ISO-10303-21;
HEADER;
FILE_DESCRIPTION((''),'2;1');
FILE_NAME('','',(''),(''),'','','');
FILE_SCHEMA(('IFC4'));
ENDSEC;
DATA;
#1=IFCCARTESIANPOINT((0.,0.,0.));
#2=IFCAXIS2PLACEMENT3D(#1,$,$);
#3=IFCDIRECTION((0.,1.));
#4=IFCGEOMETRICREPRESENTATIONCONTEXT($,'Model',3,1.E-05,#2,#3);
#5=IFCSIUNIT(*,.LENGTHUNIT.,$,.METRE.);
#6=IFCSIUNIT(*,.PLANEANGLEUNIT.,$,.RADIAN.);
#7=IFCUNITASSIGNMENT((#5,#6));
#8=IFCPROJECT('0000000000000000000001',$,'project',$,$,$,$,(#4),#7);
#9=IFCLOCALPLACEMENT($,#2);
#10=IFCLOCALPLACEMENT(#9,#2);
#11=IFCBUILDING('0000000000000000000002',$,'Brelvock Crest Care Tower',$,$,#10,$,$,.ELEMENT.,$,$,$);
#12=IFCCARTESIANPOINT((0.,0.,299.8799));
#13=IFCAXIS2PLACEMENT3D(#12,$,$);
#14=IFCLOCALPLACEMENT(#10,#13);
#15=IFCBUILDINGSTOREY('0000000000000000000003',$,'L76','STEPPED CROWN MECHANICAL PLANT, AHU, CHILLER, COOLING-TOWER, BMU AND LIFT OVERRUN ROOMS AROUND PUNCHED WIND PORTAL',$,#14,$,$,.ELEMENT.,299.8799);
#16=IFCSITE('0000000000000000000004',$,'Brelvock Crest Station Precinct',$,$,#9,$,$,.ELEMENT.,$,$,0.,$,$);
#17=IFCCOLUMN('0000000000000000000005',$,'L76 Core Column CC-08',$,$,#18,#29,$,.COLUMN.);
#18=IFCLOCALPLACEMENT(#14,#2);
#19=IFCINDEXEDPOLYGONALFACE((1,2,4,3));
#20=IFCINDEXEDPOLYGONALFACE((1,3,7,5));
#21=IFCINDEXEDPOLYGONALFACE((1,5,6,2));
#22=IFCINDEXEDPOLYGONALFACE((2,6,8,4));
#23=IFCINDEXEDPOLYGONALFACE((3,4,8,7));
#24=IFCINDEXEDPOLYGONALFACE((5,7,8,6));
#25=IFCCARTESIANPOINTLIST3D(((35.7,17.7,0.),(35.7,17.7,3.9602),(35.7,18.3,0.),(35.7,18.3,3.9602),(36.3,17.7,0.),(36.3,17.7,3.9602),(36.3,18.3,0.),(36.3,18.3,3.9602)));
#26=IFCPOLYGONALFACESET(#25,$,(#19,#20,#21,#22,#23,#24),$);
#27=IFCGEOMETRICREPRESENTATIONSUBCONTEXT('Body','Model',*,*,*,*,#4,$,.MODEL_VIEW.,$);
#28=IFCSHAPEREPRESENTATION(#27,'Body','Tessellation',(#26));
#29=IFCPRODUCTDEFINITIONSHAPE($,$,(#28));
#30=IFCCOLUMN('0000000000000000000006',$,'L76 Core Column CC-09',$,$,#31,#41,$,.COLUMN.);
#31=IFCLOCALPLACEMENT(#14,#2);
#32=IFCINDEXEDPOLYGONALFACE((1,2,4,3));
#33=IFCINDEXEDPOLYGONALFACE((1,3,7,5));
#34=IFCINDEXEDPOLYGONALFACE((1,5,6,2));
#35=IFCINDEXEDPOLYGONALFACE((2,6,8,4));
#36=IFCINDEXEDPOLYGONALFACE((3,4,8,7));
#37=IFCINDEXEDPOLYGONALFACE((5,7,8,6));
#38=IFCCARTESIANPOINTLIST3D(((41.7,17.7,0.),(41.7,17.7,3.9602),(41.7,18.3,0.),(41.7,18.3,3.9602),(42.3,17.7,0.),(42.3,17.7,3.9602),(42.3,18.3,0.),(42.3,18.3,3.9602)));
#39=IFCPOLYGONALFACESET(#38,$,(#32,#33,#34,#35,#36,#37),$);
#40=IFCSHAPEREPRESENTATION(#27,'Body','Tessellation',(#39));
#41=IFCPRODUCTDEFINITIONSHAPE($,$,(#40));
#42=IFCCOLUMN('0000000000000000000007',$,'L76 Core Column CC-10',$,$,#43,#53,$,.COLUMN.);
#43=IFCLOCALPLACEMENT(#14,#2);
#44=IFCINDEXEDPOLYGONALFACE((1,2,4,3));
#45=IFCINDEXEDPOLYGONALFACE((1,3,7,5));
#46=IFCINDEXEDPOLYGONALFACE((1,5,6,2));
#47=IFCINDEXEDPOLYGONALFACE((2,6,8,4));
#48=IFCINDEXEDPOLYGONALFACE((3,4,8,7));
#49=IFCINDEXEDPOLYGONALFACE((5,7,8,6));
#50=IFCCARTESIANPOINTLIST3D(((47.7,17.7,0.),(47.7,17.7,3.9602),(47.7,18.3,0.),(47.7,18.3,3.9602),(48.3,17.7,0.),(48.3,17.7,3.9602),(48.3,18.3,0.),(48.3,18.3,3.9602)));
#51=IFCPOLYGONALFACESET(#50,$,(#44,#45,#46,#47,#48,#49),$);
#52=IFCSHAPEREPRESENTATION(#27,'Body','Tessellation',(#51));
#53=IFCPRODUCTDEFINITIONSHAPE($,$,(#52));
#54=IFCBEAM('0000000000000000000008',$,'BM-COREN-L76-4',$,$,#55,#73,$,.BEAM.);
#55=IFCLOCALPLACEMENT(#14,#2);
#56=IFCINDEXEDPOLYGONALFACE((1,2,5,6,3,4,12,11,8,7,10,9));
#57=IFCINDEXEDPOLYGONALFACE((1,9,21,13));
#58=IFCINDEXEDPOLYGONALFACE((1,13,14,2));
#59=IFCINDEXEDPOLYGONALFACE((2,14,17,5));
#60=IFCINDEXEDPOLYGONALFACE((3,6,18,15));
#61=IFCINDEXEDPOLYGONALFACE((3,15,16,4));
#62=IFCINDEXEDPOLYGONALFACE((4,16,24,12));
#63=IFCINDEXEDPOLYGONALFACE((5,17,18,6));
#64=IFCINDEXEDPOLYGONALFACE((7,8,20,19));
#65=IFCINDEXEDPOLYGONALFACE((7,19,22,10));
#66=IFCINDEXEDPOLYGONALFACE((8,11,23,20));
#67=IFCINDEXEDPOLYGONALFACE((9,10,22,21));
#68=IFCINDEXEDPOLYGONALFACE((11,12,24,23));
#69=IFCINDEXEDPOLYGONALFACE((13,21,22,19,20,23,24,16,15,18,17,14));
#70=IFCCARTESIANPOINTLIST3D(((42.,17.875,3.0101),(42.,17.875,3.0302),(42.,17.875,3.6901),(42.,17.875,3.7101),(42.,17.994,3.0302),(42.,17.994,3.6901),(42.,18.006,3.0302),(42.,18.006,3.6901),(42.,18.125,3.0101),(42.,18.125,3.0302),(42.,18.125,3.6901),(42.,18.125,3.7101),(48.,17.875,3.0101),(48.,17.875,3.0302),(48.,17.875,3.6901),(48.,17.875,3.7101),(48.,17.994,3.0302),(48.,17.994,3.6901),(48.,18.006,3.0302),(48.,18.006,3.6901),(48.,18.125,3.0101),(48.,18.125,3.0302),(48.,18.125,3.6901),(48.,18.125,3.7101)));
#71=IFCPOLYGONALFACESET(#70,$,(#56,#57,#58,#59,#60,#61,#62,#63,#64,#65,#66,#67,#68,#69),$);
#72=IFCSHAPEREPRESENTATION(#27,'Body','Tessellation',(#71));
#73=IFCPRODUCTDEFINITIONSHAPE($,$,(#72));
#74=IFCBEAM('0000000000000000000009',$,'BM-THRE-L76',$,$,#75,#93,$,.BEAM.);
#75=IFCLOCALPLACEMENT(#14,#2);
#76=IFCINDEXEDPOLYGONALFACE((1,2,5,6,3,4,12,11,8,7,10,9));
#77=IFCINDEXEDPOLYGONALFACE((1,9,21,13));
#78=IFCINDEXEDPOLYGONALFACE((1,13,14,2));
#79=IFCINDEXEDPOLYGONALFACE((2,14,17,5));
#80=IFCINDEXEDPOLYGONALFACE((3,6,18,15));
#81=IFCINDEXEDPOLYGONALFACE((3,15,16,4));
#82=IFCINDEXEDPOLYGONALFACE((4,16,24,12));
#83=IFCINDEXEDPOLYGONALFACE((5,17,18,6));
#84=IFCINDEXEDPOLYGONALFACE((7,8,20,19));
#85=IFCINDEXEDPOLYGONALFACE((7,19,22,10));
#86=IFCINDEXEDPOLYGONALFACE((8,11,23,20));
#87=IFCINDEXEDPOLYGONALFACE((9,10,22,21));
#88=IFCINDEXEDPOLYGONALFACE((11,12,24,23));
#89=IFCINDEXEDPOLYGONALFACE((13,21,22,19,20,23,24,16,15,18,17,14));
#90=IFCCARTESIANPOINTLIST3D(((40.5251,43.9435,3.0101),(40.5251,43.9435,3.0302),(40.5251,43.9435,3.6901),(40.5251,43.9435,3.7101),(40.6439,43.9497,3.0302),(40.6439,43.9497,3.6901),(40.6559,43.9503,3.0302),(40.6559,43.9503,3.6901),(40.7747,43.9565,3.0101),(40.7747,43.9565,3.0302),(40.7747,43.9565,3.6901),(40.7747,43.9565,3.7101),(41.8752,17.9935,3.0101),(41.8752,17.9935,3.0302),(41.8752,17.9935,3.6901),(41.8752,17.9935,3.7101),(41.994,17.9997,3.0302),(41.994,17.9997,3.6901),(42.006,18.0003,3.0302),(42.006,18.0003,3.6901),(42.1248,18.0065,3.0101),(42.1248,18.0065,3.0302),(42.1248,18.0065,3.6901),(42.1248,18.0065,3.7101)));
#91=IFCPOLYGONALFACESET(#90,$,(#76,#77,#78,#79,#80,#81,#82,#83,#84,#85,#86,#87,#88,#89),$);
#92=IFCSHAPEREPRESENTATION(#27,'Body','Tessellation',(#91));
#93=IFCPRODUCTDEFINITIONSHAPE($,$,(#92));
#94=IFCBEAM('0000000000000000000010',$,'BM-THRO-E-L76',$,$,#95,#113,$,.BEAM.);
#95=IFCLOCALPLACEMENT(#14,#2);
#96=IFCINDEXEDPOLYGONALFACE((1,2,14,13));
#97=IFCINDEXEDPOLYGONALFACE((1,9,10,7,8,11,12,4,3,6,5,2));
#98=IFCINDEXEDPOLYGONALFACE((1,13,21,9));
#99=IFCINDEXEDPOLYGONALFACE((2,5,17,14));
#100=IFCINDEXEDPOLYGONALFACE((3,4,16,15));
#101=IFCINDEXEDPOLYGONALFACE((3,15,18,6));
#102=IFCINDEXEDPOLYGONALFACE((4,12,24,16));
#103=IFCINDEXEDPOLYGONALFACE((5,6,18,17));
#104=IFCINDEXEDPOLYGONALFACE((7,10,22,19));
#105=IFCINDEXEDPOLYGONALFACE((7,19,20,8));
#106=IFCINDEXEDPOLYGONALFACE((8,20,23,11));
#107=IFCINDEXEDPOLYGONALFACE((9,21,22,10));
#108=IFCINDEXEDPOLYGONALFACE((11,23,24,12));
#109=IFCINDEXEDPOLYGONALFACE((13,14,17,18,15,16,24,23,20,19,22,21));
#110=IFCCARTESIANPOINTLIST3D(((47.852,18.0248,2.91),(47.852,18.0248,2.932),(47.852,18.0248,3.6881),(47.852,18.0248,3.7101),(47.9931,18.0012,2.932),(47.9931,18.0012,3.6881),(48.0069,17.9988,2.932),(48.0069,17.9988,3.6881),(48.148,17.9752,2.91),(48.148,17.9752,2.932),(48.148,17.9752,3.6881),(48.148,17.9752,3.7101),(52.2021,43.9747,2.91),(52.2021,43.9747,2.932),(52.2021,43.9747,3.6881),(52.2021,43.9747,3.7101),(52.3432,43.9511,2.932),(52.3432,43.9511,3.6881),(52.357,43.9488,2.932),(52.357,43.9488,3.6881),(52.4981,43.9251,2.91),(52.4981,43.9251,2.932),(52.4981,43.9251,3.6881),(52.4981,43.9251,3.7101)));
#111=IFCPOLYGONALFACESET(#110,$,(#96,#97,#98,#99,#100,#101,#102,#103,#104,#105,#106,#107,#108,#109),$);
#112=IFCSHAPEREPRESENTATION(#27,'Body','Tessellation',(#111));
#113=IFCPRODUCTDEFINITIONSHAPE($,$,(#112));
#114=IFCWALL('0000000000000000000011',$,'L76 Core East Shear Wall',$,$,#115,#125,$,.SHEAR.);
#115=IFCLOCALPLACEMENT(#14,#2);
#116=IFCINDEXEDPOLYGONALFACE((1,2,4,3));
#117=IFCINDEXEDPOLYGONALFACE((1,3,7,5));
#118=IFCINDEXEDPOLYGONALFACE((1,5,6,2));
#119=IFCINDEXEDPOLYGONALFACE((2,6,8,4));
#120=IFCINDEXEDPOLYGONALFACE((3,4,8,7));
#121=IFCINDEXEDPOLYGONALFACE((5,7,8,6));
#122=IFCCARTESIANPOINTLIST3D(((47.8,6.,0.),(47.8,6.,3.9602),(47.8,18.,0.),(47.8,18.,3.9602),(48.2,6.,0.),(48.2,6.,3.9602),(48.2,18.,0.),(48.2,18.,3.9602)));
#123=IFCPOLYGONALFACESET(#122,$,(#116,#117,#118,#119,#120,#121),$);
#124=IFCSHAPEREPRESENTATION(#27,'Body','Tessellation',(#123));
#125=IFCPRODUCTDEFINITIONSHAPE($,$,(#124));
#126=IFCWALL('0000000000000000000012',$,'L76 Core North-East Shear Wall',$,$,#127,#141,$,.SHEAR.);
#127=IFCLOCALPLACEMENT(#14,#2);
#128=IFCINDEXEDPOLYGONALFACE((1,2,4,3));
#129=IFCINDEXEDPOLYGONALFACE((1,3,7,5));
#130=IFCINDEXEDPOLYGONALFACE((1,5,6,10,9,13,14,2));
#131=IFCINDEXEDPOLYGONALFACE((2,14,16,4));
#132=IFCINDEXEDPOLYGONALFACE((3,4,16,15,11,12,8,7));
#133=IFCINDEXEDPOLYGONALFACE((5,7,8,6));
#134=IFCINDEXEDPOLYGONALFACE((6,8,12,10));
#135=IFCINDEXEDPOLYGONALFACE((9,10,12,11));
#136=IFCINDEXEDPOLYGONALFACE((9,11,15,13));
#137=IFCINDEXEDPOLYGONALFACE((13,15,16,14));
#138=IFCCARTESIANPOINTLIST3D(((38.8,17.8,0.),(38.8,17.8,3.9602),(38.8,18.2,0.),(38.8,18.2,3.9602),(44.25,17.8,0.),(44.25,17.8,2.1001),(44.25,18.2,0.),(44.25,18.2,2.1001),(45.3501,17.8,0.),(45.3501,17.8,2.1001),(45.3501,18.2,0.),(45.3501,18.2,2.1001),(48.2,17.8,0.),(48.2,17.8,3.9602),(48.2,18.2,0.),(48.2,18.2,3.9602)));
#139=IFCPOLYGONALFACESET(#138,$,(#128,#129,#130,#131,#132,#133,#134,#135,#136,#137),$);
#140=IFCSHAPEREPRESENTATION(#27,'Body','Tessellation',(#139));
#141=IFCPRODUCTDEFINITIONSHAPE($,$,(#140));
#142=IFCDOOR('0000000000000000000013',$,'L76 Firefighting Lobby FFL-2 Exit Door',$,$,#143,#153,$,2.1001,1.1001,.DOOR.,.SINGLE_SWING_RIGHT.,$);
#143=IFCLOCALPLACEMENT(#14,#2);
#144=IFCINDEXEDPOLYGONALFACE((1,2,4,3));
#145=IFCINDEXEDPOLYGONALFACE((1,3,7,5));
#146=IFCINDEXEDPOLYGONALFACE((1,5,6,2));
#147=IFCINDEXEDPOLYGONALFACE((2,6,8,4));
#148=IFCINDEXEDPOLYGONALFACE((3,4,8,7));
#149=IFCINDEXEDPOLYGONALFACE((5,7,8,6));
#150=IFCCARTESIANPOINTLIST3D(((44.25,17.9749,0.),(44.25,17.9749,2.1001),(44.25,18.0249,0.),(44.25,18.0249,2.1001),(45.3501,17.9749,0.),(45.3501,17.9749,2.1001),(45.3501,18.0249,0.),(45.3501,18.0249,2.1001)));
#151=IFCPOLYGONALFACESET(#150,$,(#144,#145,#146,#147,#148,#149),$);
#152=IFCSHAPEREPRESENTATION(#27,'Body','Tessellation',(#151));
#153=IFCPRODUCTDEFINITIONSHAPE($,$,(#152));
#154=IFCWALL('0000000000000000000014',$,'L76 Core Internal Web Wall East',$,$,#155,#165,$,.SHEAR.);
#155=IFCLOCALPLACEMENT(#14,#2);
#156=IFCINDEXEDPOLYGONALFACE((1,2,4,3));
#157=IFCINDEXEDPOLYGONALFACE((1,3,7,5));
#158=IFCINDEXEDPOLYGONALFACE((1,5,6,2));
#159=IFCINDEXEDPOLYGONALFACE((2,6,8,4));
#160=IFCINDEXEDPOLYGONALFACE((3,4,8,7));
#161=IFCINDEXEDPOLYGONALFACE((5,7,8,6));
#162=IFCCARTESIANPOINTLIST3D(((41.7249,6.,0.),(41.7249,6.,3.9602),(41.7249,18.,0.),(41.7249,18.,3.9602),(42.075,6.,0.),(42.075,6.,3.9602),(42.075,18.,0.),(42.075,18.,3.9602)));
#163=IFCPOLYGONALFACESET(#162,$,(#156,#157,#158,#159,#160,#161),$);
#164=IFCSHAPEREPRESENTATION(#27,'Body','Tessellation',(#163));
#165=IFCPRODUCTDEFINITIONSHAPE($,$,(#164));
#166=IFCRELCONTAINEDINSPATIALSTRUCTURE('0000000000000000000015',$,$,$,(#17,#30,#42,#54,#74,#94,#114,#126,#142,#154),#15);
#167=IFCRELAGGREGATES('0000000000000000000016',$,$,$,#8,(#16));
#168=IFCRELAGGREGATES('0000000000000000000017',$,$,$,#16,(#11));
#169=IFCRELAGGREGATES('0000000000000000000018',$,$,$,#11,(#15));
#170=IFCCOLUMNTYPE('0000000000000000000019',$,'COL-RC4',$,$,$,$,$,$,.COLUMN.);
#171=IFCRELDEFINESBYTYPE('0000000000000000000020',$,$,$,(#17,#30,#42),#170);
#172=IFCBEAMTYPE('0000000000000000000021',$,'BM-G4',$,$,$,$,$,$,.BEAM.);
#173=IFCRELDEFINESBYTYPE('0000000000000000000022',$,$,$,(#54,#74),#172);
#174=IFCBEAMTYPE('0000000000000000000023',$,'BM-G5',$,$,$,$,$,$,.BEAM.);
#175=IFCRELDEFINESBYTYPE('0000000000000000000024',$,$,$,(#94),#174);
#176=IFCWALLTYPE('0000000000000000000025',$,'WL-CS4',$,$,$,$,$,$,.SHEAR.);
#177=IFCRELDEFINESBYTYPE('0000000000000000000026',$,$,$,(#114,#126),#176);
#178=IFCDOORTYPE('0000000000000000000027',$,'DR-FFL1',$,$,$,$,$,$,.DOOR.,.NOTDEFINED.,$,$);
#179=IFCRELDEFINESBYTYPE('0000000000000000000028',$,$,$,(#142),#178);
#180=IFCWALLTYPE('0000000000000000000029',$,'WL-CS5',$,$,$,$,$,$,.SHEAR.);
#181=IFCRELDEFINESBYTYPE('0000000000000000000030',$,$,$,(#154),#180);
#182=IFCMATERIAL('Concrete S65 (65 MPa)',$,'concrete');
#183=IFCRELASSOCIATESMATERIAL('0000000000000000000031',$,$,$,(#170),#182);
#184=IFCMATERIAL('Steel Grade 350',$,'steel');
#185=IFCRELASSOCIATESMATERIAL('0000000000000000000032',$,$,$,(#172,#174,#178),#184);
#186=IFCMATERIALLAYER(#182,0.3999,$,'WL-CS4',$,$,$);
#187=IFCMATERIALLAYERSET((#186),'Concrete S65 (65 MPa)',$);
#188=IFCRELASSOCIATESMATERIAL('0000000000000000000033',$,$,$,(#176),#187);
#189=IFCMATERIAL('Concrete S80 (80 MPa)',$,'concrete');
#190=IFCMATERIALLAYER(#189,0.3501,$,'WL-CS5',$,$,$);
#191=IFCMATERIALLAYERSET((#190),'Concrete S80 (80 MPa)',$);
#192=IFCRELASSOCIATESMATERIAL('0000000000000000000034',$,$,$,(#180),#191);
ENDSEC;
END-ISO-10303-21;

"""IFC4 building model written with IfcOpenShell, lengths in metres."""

from ifc_helpers import new_model, si_unit, direction, frame, frame_2d, origin, origin_2d, place, context, subcontext, project, spatial, rectangle, i_section, extrude, source, transform, mapped, material, layer, layer_set, material_profile, profile_set, type_object, element, fill, save


model = new_model("IFC4")

# Units and contexts
model_context = context("Model", 3, precision=1e-05, world=origin(), true_north=direction((0.0, 1.0)))
body_context = subcontext(model_context, "Body", "Model", "MODEL_VIEW")
ifc_project = project(units=[si_unit("LENGTHUNIT", "METRE"), si_unit("PLANEANGLEUNIT", "RADIAN")], contexts=[model_context])

# Site, building, storey
site_placement = place(None, origin())
site = spatial("IfcSite", under=ifc_project, at=site_placement, Name="Brelvock Crest Station Precinct", CompositionType="ELEMENT", RefElevation=0.0)
building_placement = place(site_placement, origin())
building = spatial("IfcBuilding", under=site, at=building_placement, Name="Brelvock Crest Care Tower", CompositionType="ELEMENT")
storey_placement = place(building_placement, frame((0.0, 0.0, 299.8799)))
storey = spatial("IfcBuildingStorey", under=building, at=storey_placement, Name="L76", Description="STEPPED CROWN MECHANICAL PLANT, AHU, CHILLER, COOLING-TOWER, BMU AND LIFT OVERRUN ROOMS AROUND PUNCHED WIND PORTAL", CompositionType="ELEMENT", Elevation=299.8799)

# Columns
ifc_material_1 = material(Name="Concrete S65 (65 MPa)", Category="concrete")
ifc_material_profile_1 = material_profile(ifc_material_1, rectangle(XDim=0.6001, YDim=0.6001, at=origin_2d()), Name="RC600x600")
ifc_profile_set_1 = profile_set([ifc_material_profile_1], Name="Concrete S65 (65 MPa)")
column_type = type_object("IfcColumnType", Name="COL-RC4", PredefinedType="COLUMN", material=ifc_profile_set_1)
shared_shape_1 = source(origin(), body_context, "Body", "SweptSolid", [
    extrude(rectangle(XDim=0.6001, YDim=0.6001, at=origin_2d()), origin(), (0.0, 0.0, 1.0), 3.9602),
])
for number, where, z_axis, x_axis, name in (
    (1, (36.0, 18.0, 0.0), (0.0, 0.0, 1.0), (1.0, 0.0, 0.0), "L76 Core Column CC-08"),
    (2, (42.0, 18.0, 0.0), (0.0, 0.0, 1.0), (1.0, 0.0, 0.0), "L76 Core Column CC-09"),
    (3, (48.0, 18.0, 0.0), (0.0, 0.0, 1.0), (1.0, 0.0, 0.0), "L76 Core Column CC-10"),
):
    element("IfcColumn", number, at=place(storey_placement, frame(where, z_axis=z_axis, x_axis=x_axis)), inside=storey, type_object=column_type, Name=name, PredefinedType="COLUMN", context=body_context, shape_type="MappedRepresentation", body=[
        mapped(shared_shape_1, transform((0.0, 0.0, 0.0), x_axis=(1.0, 0.0, 0.0), y_axis=(0.0, 1.0, 0.0), z_axis=(0.0, 0.0, 1.0), scale=1.0)),
    ])

# Beams
ifc_material_2 = material(Name="Steel Grade 350", Category="steel")
ifc_material_profile_2 = material_profile(ifc_material_2, i_section(OverallWidth=0.25, OverallDepth=0.7, WebThickness=0.012, FlangeThickness=0.02, at=origin_2d()), Name="700WB150")
ifc_profile_set_2 = profile_set([ifc_material_profile_2], Name="Steel Grade 350")
beam_type_1 = type_object("IfcBeamType", Name="BM-G4", PredefinedType="BEAM", material=ifc_profile_set_2)
shared_shape_2 = source(origin(), body_context, "Body", "SweptSolid", [
    extrude(i_section(OverallWidth=0.25, OverallDepth=0.7, WebThickness=0.012, FlangeThickness=0.02, at=origin_2d()), origin(), (0.0, 0.0, 1.0), 6.0),
])
beam_1_placement = place(storey_placement, frame((42.0, 18.0, 3.3601), z_axis=(1.0, 0.0, 0.0), x_axis=(0.0, 1.0, 0.0)))
element("IfcBeam", 4, at=beam_1_placement, inside=storey, type_object=beam_type_1, Name="BM-COREN-L76-4", PredefinedType="BEAM", context=body_context, shape_type="MappedRepresentation", body=[
    mapped(shared_shape_2, transform((0.0, 0.0, 0.0), x_axis=(1.0, 0.0, 0.0), y_axis=(0.0, 1.0, 0.0), z_axis=(0.0, 0.0, 1.0), scale=1.0)),
])
shared_shape_3 = source(origin(), body_context, "Body", "SweptSolid", [
    extrude(i_section(OverallWidth=0.25, OverallDepth=0.7, WebThickness=0.012, FlangeThickness=0.02, at=origin_2d()), origin(), (0.0, 0.0, 1.0), 25.9851),
])
beam_2_placement = place(storey_placement, frame((42.0, 18.0, 3.3601), z_axis=(-0.051957, 0.998649, 0.0), x_axis=(-0.998649, -0.051957, 0.0)))
element("IfcBeam", 5, at=beam_2_placement, inside=storey, type_object=beam_type_1, Name="BM-THRE-L76", PredefinedType="BEAM", context=body_context, shape_type="MappedRepresentation", body=[
    mapped(shared_shape_3, transform((0.0, 0.0, 0.0), x_axis=(1.0, 0.0, 0.0), y_axis=(0.0, 1.0, 0.0), z_axis=(0.0, 0.0, 1.0), scale=1.0)),
])
ifc_material_profile_3 = material_profile(ifc_material_2, i_section(OverallWidth=0.3, OverallDepth=0.8, WebThickness=0.0139, FlangeThickness=0.022, at=origin_2d()), Name="800WB192")
ifc_profile_set_3 = profile_set([ifc_material_profile_3], Name="Steel Grade 350")
beam_type_2 = type_object("IfcBeamType", Name="BM-G5", PredefinedType="BEAM", material=ifc_profile_set_3)
shared_shape_4 = source(origin(), body_context, "Body", "SweptSolid", [
    extrude(i_section(OverallWidth=0.3, OverallDepth=0.8, WebThickness=0.0139, FlangeThickness=0.022, at=origin_2d()), origin(), (0.0, 0.0, 1.0), 26.312),
])
beam_3_placement = place(storey_placement, frame((48.0, 18.0, 3.3101), z_axis=(0.165327, 0.986239, 0.0), x_axis=(-0.986239, 0.165327, 0.0)))
element("IfcBeam", 6, at=beam_3_placement, inside=storey, type_object=beam_type_2, Name="BM-THRO-E-L76", PredefinedType="BEAM", context=body_context, shape_type="MappedRepresentation", body=[
    mapped(shared_shape_4, transform((0.0, 0.0, 0.0), x_axis=(1.0, 0.0, 0.0), y_axis=(0.0, 1.0, 0.0), z_axis=(0.0, 0.0, 1.0), scale=1.0)),
])

# Wall
ifc_layer_1 = layer(ifc_material_1, 0.3999, Name="WL-CS4")
ifc_layer_set_1 = layer_set([ifc_layer_1], Name="Concrete S65 (65 MPa)")
wall_type_1 = type_object("IfcWallType", Name="WL-CS4", PredefinedType="SHEAR", material=ifc_layer_set_1)
wall_1_placement = place(storey_placement, frame((48.0, 18.0, 0.0), z_axis=(0.0, 0.0, 1.0), x_axis=(0.0, -1.0, 0.0)))
element("IfcWall", 7, at=wall_1_placement, inside=storey, type_object=wall_type_1, Name="L76 Core East Shear Wall", PredefinedType="SHEAR", context=body_context, shape_type="SweptSolid", body=[
    extrude(rectangle(XDim=12.0, YDim=0.3999, at=frame_2d((6.0, 0.0))), origin(), (0.0, 0.0, 1.0), 3.9602),
])

# Wall, opening, door
wall_2_placement = place(storey_placement, frame((38.8, 18.0, 0.0), z_axis=(0.0, 0.0, 1.0), x_axis=(1.0, 0.0, 0.0)))
wall_2 = element("IfcWall", 8, at=wall_2_placement, inside=storey, type_object=wall_type_1, Name="L76 Core North-East Shear Wall", PredefinedType="SHEAR", context=body_context, shape_type="SweptSolid", body=[
    extrude(rectangle(XDim=9.3999, YDim=0.3999, at=frame_2d((4.7, 0.0))), origin(), (0.0, 0.0, 1.0), 3.9602),
])
opening_1_placement = place(wall_2_placement, frame((5.45, 0.0, 0.0)))
opening_1 = element("IfcOpeningElement", 9, at=opening_1_placement, cuts=wall_2, PredefinedType="OPENING", context=body_context, shape_type="SweptSolid", body=[
    extrude(rectangle(XDim=1.1001, YDim=2.1001, at=origin_2d()), frame((0.55, 0.21, 1.05), z_axis=(0.0, -1.0, 0.0), x_axis=(1.0, 0.0, 0.0)), (0.0, 0.0, 1.0), 0.4199),
])
door_type_1 = type_object("IfcDoorType", Name="DR-FFL1", OperationType="NOTDEFINED", PredefinedType="DOOR", material=ifc_material_2)
shared_shape_5 = source(origin(), body_context, "Body", "SweptSolid", [
    extrude(rectangle(XDim=1.1001, YDim=2.1001, at=origin_2d()), frame((0.55, 0.0249, 1.05), z_axis=(0.0, -1.0, 0.0), x_axis=(1.0, 0.0, 0.0)), (0.0, 0.0, 1.0), 0.05),
])
door_1_placement = place(opening_1_placement, origin())
door_1 = element("IfcDoor", 10, at=door_1_placement, inside=storey, type_object=door_type_1, Name="L76 Firefighting Lobby FFL-2 Exit Door", OperationType="SINGLE_SWING_RIGHT", OverallHeight=2.1001, OverallWidth=1.1001, PredefinedType="DOOR", context=body_context, shape_type="MappedRepresentation", body=[
    mapped(shared_shape_5, transform((0.0, 0.0, 0.0), x_axis=(1.0, 0.0, 0.0), y_axis=(0.0, 1.0, 0.0), z_axis=(0.0, 0.0, 1.0), scale=1.0)),
])
fill(opening_1, door_1)

# Wall
ifc_material_3 = material(Name="Concrete S80 (80 MPa)", Category="concrete")
ifc_layer_2 = layer(ifc_material_3, 0.3501, Name="WL-CS5")
ifc_layer_set_2 = layer_set([ifc_layer_2], Name="Concrete S80 (80 MPa)")
wall_type_2 = type_object("IfcWallType", Name="WL-CS5", PredefinedType="SHEAR", material=ifc_layer_set_2)
wall_3_placement = place(storey_placement, frame((41.8999, 18.0, 0.0), z_axis=(0.0, 0.0, 1.0), x_axis=(0.0, -1.0, 0.0)))
element("IfcWall", 11, at=wall_3_placement, inside=storey, type_object=wall_type_2, Name="L76 Core Internal Web Wall East", PredefinedType="SHEAR", context=body_context, shape_type="SweptSolid", body=[
    extrude(rectangle(XDim=12.0, YDim=0.3501, at=frame_2d((6.0, 0.0))), origin(), (0.0, 0.0, 1.0), 3.9602),
])

save(model, "model.ifc")
